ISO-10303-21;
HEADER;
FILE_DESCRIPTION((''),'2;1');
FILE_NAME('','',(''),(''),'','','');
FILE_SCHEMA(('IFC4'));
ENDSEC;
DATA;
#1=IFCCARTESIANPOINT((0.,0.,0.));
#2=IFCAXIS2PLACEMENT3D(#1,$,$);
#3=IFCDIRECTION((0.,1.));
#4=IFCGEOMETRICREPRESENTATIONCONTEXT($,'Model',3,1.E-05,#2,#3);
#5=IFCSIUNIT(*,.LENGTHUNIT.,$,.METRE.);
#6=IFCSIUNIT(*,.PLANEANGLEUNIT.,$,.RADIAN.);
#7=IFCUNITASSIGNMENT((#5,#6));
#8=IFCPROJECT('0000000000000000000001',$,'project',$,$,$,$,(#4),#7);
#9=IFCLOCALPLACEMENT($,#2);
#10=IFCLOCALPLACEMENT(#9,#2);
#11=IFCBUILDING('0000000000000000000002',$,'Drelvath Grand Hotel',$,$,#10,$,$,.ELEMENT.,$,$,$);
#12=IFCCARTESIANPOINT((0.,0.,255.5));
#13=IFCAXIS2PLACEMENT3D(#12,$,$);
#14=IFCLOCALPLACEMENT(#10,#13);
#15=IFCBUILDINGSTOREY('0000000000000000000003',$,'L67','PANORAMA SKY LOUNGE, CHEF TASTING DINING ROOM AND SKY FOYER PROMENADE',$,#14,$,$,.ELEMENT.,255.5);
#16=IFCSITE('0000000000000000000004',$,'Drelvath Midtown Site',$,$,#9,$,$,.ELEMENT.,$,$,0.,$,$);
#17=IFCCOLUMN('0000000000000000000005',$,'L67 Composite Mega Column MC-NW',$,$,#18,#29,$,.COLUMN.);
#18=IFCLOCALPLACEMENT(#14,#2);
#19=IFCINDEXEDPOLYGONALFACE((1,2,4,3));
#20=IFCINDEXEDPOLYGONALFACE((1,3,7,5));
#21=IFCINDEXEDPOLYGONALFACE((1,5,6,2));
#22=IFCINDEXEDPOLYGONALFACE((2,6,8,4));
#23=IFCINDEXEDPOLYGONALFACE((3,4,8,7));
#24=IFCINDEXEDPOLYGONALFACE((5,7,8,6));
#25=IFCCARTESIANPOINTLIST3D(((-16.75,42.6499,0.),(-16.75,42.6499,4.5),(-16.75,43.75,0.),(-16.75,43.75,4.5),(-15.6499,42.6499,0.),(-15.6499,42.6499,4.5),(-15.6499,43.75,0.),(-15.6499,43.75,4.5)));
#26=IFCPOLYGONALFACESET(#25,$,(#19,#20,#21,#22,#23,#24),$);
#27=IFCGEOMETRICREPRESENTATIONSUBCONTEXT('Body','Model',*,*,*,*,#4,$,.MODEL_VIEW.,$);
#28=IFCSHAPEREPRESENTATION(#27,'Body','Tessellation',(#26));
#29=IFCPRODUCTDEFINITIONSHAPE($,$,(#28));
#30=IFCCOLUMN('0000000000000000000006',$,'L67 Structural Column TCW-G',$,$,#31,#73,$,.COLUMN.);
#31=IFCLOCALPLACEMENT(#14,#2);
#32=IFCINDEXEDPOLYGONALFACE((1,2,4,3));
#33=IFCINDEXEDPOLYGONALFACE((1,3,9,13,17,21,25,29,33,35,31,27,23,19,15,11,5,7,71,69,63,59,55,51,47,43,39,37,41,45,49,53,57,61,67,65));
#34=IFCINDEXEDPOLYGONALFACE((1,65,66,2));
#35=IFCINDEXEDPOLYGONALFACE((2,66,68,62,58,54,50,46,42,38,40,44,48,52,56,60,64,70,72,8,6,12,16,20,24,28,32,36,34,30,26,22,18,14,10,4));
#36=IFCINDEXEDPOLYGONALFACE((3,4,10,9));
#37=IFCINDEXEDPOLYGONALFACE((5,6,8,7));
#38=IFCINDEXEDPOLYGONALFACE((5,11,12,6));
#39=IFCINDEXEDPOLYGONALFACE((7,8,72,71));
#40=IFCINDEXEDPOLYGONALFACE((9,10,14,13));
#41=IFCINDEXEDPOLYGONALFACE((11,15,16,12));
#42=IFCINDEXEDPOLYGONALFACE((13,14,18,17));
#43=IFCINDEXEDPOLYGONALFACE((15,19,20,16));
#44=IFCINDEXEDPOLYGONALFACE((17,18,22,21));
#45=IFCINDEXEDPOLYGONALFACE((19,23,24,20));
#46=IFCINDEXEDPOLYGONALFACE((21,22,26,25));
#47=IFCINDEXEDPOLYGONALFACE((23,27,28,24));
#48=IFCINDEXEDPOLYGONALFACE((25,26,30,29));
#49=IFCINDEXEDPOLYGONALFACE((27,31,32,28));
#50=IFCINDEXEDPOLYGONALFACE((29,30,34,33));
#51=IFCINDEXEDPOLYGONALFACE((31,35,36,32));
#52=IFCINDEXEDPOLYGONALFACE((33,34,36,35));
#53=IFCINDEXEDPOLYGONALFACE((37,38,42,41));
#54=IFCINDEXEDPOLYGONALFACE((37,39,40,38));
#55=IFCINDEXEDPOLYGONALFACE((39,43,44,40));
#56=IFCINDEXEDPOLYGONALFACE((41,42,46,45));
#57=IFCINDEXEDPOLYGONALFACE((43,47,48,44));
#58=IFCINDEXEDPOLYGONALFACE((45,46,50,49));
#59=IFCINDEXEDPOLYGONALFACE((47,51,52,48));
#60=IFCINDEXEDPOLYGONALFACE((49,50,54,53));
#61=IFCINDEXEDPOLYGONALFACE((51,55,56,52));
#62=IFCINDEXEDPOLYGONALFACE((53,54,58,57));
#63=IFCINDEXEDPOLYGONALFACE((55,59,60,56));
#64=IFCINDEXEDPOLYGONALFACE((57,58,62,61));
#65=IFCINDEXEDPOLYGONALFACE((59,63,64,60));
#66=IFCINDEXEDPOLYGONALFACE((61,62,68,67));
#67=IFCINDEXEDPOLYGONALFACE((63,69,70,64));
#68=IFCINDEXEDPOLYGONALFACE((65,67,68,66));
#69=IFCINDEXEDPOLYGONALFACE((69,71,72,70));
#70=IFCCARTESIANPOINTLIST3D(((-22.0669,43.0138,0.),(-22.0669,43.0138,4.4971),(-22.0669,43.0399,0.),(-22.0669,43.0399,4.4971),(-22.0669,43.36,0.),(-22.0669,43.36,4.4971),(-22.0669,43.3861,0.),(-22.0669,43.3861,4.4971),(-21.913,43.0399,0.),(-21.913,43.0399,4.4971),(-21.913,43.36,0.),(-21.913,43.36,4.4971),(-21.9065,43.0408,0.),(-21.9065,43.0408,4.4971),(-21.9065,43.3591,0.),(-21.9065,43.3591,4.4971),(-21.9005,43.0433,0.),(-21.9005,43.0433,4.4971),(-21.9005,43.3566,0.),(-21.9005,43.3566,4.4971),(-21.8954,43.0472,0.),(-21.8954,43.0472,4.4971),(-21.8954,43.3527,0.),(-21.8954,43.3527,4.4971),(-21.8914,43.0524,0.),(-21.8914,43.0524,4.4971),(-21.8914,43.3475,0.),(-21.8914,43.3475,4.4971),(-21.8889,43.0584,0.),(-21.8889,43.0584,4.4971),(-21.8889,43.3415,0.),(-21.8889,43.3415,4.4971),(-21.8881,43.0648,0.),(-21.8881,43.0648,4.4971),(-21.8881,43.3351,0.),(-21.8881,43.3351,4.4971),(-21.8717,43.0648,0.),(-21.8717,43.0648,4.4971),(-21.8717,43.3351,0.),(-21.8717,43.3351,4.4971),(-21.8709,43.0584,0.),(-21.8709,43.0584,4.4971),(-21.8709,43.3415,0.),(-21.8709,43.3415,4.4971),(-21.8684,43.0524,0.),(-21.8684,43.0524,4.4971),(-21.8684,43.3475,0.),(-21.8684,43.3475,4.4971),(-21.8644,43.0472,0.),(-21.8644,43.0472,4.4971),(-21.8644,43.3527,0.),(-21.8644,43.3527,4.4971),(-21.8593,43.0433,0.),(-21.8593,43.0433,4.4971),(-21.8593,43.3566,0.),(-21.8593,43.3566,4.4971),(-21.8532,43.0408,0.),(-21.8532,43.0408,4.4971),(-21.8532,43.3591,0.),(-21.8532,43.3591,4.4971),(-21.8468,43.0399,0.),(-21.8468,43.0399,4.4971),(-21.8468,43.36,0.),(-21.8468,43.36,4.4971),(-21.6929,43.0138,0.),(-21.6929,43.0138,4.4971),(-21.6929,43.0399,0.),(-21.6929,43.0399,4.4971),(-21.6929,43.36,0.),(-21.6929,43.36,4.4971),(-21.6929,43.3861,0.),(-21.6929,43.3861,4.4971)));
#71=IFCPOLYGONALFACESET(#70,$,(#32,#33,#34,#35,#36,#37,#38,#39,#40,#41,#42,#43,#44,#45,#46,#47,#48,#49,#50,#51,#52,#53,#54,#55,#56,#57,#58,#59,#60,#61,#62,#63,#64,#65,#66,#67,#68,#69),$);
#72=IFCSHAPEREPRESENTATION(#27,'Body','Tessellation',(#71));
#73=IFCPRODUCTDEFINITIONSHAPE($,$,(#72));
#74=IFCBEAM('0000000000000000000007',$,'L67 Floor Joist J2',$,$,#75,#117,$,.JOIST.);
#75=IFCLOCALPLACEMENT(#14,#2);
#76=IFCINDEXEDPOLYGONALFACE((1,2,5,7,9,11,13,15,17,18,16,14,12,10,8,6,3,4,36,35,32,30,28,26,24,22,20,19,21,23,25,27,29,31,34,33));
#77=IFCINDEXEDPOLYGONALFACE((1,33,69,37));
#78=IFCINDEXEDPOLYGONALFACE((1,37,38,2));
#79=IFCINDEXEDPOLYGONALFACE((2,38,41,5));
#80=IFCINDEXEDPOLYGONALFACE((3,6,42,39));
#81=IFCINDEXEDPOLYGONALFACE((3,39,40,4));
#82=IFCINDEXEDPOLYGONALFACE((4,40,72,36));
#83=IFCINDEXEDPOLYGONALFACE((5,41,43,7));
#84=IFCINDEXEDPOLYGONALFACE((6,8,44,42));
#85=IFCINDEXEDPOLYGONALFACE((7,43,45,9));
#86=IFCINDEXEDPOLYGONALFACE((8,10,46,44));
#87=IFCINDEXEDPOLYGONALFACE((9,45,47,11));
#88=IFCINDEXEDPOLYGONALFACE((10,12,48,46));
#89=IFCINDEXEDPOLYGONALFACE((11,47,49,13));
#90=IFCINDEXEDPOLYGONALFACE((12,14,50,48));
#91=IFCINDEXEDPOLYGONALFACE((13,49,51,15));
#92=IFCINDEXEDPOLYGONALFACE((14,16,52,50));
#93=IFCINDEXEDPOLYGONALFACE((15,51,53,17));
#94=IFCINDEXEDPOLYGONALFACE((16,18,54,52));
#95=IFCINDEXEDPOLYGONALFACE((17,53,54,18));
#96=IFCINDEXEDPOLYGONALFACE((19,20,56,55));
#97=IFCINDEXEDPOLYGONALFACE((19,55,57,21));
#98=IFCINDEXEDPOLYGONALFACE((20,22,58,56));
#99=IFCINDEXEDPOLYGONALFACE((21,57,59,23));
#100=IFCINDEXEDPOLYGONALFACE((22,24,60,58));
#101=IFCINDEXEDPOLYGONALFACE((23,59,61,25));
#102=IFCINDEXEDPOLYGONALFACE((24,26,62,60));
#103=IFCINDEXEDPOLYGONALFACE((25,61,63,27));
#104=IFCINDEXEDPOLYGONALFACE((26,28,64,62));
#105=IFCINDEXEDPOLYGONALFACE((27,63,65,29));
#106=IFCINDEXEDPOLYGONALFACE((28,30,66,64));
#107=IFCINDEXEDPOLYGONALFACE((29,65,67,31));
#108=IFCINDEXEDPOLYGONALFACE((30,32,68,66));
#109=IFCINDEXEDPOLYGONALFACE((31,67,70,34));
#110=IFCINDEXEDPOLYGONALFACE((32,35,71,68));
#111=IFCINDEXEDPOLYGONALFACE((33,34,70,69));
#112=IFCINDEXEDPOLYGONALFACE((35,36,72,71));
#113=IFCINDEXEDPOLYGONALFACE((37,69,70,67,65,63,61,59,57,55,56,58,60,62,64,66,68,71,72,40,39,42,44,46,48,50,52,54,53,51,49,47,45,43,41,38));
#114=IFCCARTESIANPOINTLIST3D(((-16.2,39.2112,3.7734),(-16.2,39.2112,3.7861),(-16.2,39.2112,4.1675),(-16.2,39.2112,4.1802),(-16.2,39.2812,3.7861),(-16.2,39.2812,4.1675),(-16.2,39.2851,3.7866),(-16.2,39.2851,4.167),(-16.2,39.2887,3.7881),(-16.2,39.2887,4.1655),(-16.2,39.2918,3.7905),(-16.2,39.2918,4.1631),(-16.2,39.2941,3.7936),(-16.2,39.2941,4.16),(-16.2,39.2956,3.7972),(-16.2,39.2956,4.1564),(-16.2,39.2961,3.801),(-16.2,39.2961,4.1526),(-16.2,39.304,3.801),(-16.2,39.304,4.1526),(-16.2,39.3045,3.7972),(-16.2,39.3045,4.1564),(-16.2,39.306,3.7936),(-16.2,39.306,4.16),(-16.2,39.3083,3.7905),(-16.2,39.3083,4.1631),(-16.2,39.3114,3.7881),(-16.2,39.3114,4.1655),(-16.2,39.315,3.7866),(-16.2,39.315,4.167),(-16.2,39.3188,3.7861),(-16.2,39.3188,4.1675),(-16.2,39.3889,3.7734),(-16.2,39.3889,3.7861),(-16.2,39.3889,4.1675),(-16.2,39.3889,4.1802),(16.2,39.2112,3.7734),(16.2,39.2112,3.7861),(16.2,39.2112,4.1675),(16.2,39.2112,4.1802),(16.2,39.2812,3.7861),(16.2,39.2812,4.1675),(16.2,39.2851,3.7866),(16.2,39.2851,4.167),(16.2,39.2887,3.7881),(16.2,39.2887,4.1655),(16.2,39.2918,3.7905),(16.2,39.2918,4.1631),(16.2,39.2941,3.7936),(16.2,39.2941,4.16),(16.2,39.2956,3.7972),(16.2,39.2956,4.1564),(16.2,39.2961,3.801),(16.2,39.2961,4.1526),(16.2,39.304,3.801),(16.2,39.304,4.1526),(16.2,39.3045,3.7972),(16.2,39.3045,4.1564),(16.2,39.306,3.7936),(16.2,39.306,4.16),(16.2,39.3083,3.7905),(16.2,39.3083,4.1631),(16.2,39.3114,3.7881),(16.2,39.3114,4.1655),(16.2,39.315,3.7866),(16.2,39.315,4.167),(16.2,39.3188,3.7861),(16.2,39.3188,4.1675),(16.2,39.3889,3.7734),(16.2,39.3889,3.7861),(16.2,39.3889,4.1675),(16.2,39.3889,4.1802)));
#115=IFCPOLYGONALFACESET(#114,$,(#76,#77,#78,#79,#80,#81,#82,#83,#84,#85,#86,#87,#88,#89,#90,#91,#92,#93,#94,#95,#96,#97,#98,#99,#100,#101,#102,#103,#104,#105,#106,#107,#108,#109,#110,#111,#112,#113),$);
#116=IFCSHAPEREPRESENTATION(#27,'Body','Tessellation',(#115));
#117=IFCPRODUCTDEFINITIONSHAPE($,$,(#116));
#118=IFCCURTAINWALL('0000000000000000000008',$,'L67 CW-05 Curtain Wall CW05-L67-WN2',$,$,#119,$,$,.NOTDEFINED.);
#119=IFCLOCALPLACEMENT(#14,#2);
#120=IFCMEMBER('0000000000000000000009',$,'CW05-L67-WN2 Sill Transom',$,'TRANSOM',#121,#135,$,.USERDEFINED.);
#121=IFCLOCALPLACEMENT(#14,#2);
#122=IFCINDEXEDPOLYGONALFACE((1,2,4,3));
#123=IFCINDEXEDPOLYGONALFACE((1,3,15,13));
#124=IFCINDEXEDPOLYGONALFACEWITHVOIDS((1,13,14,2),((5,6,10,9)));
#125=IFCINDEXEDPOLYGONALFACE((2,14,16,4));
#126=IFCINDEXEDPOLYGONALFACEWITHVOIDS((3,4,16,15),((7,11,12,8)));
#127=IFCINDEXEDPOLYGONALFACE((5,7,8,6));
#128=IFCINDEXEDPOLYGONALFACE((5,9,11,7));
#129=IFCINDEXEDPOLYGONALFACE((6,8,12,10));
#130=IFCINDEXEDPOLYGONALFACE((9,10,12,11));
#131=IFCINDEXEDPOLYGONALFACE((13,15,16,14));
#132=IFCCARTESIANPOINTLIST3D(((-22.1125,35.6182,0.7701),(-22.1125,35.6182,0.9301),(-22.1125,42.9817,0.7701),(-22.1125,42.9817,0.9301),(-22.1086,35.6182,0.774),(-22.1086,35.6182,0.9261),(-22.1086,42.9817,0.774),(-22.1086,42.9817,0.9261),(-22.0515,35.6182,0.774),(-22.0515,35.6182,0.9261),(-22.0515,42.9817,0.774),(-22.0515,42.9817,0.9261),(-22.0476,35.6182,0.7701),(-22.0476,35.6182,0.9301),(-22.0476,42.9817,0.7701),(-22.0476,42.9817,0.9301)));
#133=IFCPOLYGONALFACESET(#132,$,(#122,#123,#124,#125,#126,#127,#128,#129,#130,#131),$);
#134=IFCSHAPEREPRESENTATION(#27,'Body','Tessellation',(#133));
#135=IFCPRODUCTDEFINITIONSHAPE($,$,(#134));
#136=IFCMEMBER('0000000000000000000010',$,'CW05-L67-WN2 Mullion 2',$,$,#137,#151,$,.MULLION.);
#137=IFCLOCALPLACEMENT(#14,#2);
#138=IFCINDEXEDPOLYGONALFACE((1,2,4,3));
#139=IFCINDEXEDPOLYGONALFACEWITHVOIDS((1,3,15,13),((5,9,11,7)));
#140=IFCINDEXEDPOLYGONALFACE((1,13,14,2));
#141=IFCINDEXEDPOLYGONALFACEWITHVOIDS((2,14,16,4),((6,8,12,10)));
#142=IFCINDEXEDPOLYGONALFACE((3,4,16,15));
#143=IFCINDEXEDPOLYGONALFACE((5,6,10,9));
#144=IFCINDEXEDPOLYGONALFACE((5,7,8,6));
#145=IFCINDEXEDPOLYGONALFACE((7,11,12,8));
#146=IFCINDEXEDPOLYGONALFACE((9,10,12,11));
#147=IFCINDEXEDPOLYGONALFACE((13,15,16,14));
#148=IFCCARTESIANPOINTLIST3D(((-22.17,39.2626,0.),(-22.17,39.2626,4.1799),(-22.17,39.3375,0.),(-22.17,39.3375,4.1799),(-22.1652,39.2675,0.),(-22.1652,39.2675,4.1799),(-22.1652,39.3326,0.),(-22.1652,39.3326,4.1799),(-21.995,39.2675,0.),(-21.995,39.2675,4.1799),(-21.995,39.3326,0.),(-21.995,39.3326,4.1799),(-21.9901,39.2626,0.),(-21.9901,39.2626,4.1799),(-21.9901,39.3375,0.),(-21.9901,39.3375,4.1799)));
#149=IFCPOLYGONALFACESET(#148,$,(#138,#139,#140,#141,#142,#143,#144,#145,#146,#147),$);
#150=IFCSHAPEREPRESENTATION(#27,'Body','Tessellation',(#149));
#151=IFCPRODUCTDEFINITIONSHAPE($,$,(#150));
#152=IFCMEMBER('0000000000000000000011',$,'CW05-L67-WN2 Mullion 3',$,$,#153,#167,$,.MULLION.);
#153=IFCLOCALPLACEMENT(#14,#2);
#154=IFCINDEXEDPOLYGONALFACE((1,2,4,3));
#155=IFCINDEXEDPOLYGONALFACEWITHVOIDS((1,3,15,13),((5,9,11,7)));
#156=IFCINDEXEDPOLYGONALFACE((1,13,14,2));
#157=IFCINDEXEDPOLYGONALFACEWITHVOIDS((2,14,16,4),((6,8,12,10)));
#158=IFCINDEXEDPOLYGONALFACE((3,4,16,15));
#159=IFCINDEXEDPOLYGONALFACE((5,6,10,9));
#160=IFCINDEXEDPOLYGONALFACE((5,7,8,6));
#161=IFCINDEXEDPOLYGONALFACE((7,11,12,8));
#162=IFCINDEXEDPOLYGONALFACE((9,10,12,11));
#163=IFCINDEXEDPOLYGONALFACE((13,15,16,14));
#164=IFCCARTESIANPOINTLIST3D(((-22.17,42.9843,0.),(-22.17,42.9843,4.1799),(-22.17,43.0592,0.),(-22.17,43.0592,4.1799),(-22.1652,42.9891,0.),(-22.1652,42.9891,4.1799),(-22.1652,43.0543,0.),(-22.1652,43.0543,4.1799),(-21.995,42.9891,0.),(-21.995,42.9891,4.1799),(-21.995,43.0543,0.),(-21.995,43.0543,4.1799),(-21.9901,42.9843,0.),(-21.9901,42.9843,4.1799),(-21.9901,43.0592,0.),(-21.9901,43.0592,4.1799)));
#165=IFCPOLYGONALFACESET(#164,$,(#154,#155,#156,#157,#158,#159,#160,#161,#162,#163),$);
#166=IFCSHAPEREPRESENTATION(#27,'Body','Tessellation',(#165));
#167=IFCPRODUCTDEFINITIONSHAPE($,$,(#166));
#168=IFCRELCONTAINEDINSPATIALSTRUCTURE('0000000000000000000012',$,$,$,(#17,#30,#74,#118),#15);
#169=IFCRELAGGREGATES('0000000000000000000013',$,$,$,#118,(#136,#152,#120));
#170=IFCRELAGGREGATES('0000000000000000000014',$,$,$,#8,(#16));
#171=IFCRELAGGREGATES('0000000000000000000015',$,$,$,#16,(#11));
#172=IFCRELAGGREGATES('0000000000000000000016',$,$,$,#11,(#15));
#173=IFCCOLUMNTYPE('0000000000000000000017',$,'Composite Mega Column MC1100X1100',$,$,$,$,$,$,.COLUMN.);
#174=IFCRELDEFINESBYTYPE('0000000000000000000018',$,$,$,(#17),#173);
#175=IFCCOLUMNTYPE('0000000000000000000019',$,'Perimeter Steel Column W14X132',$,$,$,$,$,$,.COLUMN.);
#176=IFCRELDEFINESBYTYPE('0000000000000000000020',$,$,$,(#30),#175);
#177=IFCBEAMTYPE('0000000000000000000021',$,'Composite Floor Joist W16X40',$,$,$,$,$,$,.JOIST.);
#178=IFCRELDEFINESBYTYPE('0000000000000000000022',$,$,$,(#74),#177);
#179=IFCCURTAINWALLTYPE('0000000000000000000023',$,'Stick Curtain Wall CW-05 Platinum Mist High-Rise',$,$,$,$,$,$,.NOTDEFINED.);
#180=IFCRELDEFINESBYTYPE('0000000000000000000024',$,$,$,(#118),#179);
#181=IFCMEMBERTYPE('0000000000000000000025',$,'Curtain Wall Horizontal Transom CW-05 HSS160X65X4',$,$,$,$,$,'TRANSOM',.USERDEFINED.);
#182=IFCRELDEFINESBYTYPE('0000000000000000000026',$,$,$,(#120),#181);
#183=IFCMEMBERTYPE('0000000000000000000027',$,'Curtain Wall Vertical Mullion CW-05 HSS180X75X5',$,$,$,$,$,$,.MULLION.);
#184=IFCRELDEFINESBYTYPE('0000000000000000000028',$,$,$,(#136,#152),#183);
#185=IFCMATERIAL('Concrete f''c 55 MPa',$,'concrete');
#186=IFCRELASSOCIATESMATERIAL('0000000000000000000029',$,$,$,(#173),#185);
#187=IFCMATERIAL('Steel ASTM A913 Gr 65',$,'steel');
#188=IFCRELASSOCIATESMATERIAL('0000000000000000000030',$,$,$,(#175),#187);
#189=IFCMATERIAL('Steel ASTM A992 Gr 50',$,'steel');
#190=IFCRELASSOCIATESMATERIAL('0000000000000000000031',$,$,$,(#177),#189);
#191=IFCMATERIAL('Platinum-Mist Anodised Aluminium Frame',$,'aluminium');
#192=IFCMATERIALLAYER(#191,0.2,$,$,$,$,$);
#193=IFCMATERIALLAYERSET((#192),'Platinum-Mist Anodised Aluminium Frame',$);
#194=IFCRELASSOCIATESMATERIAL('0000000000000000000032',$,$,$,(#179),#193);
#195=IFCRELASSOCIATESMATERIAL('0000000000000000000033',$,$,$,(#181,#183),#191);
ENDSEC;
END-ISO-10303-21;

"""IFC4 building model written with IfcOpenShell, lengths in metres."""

from ifc_helpers import new_model, si_unit, direction, frame, origin, origin_2d, place, context, subcontext, project, spatial, rectangle, hollow_rectangle, i_section, extrude, material, layer, layer_set, material_profile, profile_set, type_object, element, aggregate, save


model = new_model("IFC4")

# Units and contexts
model_context = context("Model", 3, precision=1e-05, world=origin(), true_north=direction((0.0, 1.0)))
body_context = subcontext(model_context, "Body", "Model", "MODEL_VIEW")
ifc_project = project(units=[si_unit("LENGTHUNIT", "METRE"), si_unit("PLANEANGLEUNIT", "RADIAN")], contexts=[model_context])

# Site, building, storey
site_placement = place(None, origin())
site = spatial("IfcSite", under=ifc_project, at=site_placement, Name="Drelvath Midtown Site", CompositionType="ELEMENT", RefElevation=0.0)
building_placement = place(site_placement, origin())
building = spatial("IfcBuilding", under=site, at=building_placement, Name="Drelvath Grand Hotel", CompositionType="ELEMENT")
storey_placement = place(building_placement, frame((0.0, 0.0, 255.5)))
storey = spatial("IfcBuildingStorey", under=building, at=storey_placement, Name="L67", Description="PANORAMA SKY LOUNGE, CHEF TASTING DINING ROOM AND SKY FOYER PROMENADE", CompositionType="ELEMENT", Elevation=255.5)

# Columns
ifc_material_1 = material(Name="Concrete f'c 55 MPa", Category="concrete")
ifc_material_profile_1 = material_profile(ifc_material_1, rectangle(XDim=1.1001, YDim=1.1001, at=origin_2d()), Name="MC1100X1100")
ifc_profile_set_1 = profile_set([ifc_material_profile_1], Name="Concrete f'c 55 MPa")
column_type_1 = type_object("IfcColumnType", Name="Composite Mega Column MC1100X1100", PredefinedType="COLUMN", material=ifc_profile_set_1)
column_1_placement = place(storey_placement, frame((-16.2, 43.2, 0.0), z_axis=(0.0, 0.0, 1.0), x_axis=(1.0, 0.0, 0.0)))
element("IfcColumn", 1, at=column_1_placement, inside=storey, type_object=column_type_1, Name="L67 Composite Mega Column MC-NW", PredefinedType="COLUMN", context=body_context, shape_type="SweptSolid", body=[
    extrude(rectangle(XDim=1.1001, YDim=1.1001, at=origin_2d()), origin(), (0.0, 0.0, 1.0), 4.5),
])
ifc_material_2 = material(Name="Steel ASTM A913 Gr 65", Category="steel")
ifc_material_profile_2 = material_profile(ifc_material_2, i_section(OverallWidth=0.374, OverallDepth=0.3723, WebThickness=0.0164, FlangeThickness=0.0261, FilletRadius=0.0249, at=origin_2d()), Name="W14X132")
ifc_profile_set_2 = profile_set([ifc_material_profile_2], Name="Steel ASTM A913 Gr 65")
column_type_2 = type_object("IfcColumnType", Name="Perimeter Steel Column W14X132", PredefinedType="COLUMN", material=ifc_profile_set_2)
column_2_placement = place(storey_placement, frame((-21.8799, 43.2, 0.0), z_axis=(0.0, 0.0, 1.0), x_axis=(1.0, 0.0, 0.0)))
element("IfcColumn", 2, at=column_2_placement, inside=storey, type_object=column_type_2, Name="L67 Structural Column TCW-G", PredefinedType="COLUMN", context=body_context, shape_type="SweptSolid", body=[
    extrude(i_section(OverallWidth=0.374, OverallDepth=0.3723, WebThickness=0.0164, FlangeThickness=0.0261, FilletRadius=0.0249, at=origin_2d()), origin(), (0.0, 0.0, 1.0), 4.4971),
])

# Beam
ifc_material_3 = material(Name="Steel ASTM A992 Gr 50", Category="steel")
ifc_material_profile_3 = material_profile(ifc_material_3, i_section(OverallWidth=0.1777, OverallDepth=0.4067, WebThickness=0.0078, FlangeThickness=0.0127, FilletRadius=0.0149, at=origin_2d()), Name="W16X40")
ifc_profile_set_3 = profile_set([ifc_material_profile_3], Name="Steel ASTM A992 Gr 50")
beam_type_1 = type_object("IfcBeamType", Name="Composite Floor Joist W16X40", PredefinedType="JOIST", material=ifc_profile_set_3)
beam_1_placement = place(storey_placement, frame((-16.2, 39.3, 3.9768), z_axis=(1.0, 0.0, 0.0), x_axis=(0.0, 1.0, 0.0)))
element("IfcBeam", 3, at=beam_1_placement, inside=storey, type_object=beam_type_1, Name="L67 Floor Joist J2", PredefinedType="JOIST", context=body_context, shape_type="SweptSolid", body=[
    extrude(i_section(OverallWidth=0.1777, OverallDepth=0.4067, WebThickness=0.0078, FlangeThickness=0.0127, FilletRadius=0.0149, at=origin_2d()), origin(), (0.0, 0.0, 1.0), 32.3999),
])

# Curtain wall, members
ifc_material_4 = material(Name="Platinum-Mist Anodised Aluminium Frame", Category="aluminium")
ifc_layer_1 = layer(ifc_material_4, 0.2)
ifc_layer_set_1 = layer_set([ifc_layer_1], Name="Platinum-Mist Anodised Aluminium Frame")
curtain_wall_type = type_object("IfcCurtainWallType", Name="Stick Curtain Wall CW-05 Platinum Mist High-Rise", PredefinedType="NOTDEFINED", material=ifc_layer_set_1)
curtain_wall_placement = place(storey_placement, origin())
curtain_wall = element("IfcCurtainWall", 4, at=curtain_wall_placement, inside=storey, type_object=curtain_wall_type, Name="L67 CW-05 Curtain Wall CW05-L67-WN2", PredefinedType="NOTDEFINED")
ifc_material_profile_4 = material_profile(ifc_material_4, hollow_rectangle(XDim=0.0649, YDim=0.1599, WallThickness=0.0039, at=origin_2d()), Name="HSS160X65X4")
ifc_profile_set_4 = profile_set([ifc_material_profile_4], Name="Platinum-Mist Anodised Aluminium Frame")
member_type_1 = type_object("IfcMemberType", Name="Curtain Wall Horizontal Transom CW-05 HSS160X65X4", ElementType="TRANSOM", PredefinedType="USERDEFINED", material=ifc_profile_set_4)
member_1_placement = place(storey_placement, frame((-22.0801, 35.6182, 0.8501), z_axis=(0.0, 1.0, 0.0), x_axis=(-1.0, 0.0, 0.0)))
member_1 = element("IfcMember", 5, at=member_1_placement, type_object=member_type_1, Name="CW05-L67-WN2 Sill Transom", ObjectType="TRANSOM", PredefinedType="USERDEFINED", context=body_context, shape_type="SweptSolid", body=[
    extrude(hollow_rectangle(XDim=0.0649, YDim=0.1599, WallThickness=0.0039, at=origin_2d()), origin(), (0.0, 0.0, 1.0), 7.3635),
])
ifc_material_profile_5 = material_profile(ifc_material_4, hollow_rectangle(XDim=0.075, YDim=0.1799, WallThickness=0.0049, at=origin_2d()), Name="HSS180X75X5")
ifc_profile_set_5 = profile_set([ifc_material_profile_5], Name="Platinum-Mist Anodised Aluminium Frame")
member_type_2 = type_object("IfcMemberType", Name="Curtain Wall Vertical Mullion CW-05 HSS180X75X5", PredefinedType="MULLION", material=ifc_profile_set_5)
member_2_placement = place(storey_placement, frame((-22.0801, 39.3, 0.0), z_axis=(0.0, 0.0, 1.0), x_axis=(0.0, 1.0, 0.0)))
member_2 = element("IfcMember", 6, at=member_2_placement, type_object=member_type_2, Name="CW05-L67-WN2 Mullion 2", PredefinedType="MULLION", context=body_context, shape_type="SweptSolid", body=[
    extrude(hollow_rectangle(XDim=0.075, YDim=0.1799, WallThickness=0.0049, at=origin_2d()), origin(), (0.0, 0.0, 1.0), 4.1799),
])
member_3_placement = place(storey_placement, frame((-22.0801, 43.0217, 0.0), z_axis=(0.0, 0.0, 1.0), x_axis=(0.0, 1.0, 0.0)))
member_3 = element("IfcMember", 7, at=member_3_placement, type_object=member_type_2, Name="CW05-L67-WN2 Mullion 3", PredefinedType="MULLION", context=body_context, shape_type="SweptSolid", body=[
    extrude(hollow_rectangle(XDim=0.075, YDim=0.1799, WallThickness=0.0049, at=origin_2d()), origin(), (0.0, 0.0, 1.0), 4.1799),
])

aggregate(curtain_wall, [member_2, member_3, member_1])

save(model, "model.ifc")
